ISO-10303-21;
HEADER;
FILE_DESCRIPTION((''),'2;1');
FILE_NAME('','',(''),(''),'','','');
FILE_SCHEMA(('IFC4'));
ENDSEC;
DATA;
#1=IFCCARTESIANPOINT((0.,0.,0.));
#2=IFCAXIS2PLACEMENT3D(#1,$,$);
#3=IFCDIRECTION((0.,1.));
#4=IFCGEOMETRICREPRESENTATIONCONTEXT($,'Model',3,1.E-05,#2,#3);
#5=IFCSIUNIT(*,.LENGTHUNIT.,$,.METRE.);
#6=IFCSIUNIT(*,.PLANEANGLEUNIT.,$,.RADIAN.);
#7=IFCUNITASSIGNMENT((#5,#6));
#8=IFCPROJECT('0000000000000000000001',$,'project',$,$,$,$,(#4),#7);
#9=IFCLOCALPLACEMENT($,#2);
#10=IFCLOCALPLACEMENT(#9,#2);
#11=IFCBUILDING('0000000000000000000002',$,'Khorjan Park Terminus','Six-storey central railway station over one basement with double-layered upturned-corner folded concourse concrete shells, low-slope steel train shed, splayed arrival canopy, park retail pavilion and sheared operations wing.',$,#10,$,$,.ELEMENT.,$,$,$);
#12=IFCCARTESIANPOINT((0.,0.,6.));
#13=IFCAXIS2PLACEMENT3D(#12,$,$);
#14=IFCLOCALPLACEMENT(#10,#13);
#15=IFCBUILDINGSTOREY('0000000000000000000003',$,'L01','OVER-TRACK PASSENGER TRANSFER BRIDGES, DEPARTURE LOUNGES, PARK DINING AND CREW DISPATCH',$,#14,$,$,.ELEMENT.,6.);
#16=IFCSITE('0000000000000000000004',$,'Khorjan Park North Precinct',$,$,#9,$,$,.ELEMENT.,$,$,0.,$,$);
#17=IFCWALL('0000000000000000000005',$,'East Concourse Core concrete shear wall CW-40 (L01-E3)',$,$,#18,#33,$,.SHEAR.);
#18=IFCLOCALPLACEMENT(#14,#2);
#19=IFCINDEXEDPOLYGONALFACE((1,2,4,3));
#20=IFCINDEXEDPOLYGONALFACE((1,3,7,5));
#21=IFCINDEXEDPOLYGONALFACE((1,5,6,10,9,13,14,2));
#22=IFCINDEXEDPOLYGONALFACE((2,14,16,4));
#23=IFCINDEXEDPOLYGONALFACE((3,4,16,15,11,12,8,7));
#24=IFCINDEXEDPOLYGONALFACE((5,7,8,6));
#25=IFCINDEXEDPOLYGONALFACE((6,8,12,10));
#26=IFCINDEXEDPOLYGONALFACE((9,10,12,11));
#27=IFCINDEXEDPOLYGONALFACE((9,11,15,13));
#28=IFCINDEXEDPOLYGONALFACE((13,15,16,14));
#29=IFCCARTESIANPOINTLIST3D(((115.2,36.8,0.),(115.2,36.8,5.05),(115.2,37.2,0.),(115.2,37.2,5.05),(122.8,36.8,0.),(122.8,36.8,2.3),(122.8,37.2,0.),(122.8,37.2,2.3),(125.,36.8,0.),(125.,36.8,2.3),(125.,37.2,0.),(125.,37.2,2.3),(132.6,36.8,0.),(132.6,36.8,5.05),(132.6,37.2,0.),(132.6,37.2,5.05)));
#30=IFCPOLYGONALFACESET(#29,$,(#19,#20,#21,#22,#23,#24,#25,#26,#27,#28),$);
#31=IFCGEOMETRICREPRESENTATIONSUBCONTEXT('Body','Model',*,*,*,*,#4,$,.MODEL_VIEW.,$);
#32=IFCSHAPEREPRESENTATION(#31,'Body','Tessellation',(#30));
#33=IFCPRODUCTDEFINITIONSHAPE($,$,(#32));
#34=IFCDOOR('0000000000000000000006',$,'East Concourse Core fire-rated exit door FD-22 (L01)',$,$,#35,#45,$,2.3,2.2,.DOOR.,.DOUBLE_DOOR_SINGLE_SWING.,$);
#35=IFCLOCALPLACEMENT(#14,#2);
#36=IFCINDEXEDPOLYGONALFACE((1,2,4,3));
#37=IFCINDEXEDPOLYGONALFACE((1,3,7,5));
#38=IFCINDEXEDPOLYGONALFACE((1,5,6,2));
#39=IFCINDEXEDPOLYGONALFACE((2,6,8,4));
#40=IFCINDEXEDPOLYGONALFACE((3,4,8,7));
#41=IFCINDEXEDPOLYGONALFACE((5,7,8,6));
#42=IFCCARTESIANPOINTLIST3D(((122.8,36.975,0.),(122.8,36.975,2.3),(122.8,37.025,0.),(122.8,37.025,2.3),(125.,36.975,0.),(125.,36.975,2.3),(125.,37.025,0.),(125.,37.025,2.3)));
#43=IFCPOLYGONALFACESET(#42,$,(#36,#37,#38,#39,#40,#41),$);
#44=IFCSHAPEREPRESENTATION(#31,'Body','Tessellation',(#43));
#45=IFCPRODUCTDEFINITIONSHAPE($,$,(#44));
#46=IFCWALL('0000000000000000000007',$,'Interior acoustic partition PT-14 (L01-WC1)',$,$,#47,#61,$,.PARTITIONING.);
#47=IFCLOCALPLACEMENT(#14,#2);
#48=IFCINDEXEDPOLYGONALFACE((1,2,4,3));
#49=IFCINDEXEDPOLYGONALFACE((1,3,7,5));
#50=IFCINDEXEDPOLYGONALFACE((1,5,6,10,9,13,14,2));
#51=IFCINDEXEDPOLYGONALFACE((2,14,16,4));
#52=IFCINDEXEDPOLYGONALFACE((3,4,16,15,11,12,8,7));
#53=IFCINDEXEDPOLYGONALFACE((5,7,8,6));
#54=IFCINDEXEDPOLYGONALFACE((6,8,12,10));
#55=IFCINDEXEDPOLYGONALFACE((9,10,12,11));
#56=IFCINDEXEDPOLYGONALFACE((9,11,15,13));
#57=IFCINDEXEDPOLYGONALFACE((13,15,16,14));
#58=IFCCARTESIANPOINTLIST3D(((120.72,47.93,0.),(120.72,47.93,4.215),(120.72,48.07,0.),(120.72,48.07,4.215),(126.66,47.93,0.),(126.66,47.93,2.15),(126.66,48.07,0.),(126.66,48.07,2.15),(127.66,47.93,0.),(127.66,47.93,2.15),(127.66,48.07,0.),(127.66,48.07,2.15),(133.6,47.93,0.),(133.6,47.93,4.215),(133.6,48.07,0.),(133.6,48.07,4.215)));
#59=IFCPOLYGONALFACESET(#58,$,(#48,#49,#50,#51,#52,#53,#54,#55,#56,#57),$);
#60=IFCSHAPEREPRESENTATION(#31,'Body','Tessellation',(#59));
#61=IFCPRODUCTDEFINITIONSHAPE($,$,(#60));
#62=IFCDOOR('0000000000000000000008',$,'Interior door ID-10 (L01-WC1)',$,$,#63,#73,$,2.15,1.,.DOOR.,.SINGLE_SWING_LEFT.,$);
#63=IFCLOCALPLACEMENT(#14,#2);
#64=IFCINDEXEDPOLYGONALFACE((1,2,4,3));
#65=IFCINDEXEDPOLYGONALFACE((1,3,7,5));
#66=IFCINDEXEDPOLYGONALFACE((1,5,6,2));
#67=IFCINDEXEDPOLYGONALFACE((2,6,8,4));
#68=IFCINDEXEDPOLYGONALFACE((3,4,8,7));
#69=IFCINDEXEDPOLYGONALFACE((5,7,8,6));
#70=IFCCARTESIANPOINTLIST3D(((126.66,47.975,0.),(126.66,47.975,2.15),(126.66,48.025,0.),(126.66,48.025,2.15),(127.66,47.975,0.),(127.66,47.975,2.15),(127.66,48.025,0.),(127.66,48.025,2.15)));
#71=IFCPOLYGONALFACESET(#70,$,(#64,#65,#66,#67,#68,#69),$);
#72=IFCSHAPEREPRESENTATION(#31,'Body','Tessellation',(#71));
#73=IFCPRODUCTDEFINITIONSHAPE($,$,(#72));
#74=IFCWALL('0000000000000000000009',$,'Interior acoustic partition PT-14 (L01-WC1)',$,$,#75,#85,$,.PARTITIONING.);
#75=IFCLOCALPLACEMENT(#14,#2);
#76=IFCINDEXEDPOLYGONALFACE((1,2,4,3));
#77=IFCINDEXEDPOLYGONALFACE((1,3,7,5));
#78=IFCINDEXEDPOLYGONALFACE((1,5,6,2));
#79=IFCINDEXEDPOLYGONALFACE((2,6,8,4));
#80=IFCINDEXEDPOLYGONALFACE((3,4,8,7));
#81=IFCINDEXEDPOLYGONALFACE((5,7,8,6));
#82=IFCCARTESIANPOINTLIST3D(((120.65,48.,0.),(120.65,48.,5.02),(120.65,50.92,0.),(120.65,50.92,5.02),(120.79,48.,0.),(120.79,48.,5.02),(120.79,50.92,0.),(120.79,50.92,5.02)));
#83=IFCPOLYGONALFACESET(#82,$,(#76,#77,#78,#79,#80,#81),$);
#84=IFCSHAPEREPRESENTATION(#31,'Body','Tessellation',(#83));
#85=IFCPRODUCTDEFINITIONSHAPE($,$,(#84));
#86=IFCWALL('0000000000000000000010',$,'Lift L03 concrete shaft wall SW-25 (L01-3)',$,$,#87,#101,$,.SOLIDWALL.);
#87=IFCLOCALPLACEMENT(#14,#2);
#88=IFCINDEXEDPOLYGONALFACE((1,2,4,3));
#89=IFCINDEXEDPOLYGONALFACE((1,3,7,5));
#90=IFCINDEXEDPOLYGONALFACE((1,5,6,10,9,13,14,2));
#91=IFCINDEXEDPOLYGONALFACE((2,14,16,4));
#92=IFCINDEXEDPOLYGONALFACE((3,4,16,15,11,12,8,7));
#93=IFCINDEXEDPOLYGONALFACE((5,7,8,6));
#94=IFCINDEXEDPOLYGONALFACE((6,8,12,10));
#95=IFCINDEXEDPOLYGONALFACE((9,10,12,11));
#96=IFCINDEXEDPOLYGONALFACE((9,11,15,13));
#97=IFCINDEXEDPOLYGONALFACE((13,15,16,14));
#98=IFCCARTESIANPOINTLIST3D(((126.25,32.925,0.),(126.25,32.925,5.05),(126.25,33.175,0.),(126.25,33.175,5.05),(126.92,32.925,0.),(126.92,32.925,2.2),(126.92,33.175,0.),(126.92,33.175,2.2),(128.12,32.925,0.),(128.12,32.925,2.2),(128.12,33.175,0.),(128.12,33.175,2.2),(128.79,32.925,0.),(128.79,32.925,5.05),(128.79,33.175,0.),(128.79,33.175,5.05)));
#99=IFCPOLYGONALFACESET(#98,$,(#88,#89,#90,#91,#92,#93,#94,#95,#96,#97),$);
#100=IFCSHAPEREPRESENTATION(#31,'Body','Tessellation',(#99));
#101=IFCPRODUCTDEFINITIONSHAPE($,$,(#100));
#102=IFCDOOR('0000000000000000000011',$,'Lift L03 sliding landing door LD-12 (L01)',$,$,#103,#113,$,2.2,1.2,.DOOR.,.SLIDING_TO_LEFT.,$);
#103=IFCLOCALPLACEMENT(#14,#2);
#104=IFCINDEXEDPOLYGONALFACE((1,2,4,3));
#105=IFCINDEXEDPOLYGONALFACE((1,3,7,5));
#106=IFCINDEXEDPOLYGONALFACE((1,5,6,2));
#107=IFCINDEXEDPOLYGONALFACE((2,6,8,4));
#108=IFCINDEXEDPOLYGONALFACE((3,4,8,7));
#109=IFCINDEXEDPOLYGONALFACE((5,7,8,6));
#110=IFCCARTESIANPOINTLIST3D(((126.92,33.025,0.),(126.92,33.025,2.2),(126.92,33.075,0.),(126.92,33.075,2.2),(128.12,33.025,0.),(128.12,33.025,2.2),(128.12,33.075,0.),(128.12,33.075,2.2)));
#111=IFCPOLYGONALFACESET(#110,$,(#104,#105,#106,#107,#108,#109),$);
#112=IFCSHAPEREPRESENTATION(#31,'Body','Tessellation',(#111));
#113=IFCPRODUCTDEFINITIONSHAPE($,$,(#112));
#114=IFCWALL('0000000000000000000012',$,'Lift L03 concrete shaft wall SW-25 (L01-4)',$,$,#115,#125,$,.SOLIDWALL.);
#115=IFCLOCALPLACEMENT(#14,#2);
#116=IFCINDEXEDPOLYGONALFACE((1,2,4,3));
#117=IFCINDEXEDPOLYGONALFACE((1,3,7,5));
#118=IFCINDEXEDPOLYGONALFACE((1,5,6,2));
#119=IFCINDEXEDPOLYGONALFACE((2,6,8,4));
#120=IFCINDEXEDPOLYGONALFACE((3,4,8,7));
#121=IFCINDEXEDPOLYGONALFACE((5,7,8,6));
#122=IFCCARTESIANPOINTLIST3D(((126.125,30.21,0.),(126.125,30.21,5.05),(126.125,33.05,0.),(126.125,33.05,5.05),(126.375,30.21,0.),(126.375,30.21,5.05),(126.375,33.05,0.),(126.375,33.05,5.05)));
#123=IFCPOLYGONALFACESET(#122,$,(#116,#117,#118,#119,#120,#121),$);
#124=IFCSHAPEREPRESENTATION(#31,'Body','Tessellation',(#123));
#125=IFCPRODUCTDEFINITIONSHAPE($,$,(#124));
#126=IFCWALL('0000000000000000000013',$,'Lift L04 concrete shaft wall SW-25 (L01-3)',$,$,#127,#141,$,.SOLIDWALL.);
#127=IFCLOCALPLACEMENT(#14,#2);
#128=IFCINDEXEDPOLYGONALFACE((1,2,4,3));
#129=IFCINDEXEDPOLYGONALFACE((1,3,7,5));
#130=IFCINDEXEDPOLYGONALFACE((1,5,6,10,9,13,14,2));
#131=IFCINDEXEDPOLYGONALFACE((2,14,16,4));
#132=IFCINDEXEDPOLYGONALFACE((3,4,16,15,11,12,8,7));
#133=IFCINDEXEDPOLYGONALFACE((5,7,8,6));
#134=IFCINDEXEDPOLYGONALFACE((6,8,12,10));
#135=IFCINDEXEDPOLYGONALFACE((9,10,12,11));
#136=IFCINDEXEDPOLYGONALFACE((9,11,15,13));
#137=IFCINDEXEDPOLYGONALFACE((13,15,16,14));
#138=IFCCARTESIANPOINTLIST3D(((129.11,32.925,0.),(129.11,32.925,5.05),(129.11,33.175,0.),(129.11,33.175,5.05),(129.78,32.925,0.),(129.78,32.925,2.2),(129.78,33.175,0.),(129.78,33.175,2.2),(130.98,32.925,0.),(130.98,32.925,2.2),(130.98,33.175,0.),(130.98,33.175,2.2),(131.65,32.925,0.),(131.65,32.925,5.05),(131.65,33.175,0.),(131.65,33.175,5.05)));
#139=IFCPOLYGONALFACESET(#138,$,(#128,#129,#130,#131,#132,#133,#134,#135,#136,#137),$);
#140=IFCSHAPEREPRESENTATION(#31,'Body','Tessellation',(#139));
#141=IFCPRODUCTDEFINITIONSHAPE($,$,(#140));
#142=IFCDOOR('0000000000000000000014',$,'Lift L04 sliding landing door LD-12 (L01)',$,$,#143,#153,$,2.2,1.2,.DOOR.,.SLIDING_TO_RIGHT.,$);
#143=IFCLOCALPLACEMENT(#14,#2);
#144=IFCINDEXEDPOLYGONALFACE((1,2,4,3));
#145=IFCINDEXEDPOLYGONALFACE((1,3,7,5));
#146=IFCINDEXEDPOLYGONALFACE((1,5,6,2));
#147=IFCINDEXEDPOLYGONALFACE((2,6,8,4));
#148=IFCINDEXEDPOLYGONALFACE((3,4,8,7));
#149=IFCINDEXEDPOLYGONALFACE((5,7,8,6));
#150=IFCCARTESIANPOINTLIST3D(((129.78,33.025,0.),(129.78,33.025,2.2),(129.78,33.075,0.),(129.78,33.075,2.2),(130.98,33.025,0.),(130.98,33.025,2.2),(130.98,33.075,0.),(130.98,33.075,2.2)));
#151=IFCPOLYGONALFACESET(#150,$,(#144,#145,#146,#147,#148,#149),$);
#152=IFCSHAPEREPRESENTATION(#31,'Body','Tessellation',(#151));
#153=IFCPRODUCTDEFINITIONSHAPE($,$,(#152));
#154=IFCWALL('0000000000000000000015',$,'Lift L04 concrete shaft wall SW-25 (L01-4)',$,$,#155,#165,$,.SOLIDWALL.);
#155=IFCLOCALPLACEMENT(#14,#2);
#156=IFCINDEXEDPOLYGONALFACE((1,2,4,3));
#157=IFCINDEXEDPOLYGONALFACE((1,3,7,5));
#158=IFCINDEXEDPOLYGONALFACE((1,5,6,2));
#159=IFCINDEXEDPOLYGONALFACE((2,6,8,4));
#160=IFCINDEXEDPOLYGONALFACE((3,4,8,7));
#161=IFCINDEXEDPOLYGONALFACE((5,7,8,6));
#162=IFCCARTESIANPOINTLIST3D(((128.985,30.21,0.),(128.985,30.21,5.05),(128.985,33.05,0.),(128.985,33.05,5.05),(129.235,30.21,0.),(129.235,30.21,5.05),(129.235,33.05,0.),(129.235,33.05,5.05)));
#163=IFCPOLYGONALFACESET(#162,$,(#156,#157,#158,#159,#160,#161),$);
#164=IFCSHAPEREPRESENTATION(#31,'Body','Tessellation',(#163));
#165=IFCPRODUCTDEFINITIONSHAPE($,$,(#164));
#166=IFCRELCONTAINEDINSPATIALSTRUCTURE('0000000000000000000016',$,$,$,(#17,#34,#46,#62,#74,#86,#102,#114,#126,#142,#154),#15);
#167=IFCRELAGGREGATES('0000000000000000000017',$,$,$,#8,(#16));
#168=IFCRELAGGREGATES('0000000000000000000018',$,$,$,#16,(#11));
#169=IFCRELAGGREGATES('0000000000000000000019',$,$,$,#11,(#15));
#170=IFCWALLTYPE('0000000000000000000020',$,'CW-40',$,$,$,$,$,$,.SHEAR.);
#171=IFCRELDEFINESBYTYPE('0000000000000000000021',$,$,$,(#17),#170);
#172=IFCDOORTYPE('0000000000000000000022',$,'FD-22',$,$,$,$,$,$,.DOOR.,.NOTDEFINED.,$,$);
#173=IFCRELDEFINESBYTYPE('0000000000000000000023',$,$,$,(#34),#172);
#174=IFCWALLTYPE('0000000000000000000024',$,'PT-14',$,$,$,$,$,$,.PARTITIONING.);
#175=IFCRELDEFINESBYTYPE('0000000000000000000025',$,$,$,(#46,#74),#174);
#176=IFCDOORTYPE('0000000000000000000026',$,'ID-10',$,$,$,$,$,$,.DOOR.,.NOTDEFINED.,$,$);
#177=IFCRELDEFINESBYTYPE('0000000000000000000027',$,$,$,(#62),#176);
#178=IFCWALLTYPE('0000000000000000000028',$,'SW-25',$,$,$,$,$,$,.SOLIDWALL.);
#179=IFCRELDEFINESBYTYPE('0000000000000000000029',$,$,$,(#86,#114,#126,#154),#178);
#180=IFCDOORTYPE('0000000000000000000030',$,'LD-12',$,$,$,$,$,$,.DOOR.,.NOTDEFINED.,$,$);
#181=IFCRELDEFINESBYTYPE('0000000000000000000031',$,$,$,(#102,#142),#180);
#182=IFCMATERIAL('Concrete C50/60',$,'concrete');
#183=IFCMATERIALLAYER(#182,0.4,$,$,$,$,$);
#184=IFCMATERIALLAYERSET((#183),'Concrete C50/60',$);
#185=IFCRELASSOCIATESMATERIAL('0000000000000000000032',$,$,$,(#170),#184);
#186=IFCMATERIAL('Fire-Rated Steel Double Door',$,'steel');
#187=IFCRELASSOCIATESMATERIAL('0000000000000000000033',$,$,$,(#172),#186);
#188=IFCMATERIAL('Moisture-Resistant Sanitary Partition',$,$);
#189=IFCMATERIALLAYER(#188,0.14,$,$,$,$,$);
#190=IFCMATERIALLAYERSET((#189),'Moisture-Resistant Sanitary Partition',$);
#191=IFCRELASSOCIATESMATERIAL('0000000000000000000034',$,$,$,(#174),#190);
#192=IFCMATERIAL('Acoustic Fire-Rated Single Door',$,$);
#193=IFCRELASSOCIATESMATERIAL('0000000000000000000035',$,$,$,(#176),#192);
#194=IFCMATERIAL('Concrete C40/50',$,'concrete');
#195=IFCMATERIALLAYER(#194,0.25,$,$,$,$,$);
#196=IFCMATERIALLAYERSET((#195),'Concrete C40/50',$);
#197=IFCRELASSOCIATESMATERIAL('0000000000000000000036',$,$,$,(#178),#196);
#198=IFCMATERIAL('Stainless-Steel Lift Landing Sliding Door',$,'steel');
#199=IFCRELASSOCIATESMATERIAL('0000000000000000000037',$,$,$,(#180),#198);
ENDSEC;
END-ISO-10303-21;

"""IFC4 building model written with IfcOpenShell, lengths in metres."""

from ifc_helpers import new_model, si_unit, direction, frame, frame_2d, origin, place, context, subcontext, project, spatial, rectangle, extrude, material, layer, layer_set, type_object, element, fill, save


model = new_model("IFC4")

# Units and contexts
model_context = context("Model", 3, precision=1e-05, world=origin(), true_north=direction((0.0, 1.0)))
body_context = subcontext(model_context, "Body", "Model", "MODEL_VIEW")
ifc_project = project(units=[si_unit("LENGTHUNIT", "METRE"), si_unit("PLANEANGLEUNIT", "RADIAN")], contexts=[model_context])

# Site, building, storey
site_placement = place(None, origin())
site = spatial("IfcSite", under=ifc_project, at=site_placement, Name="Khorjan Park North Precinct", CompositionType="ELEMENT", RefElevation=0.0)
building_placement = place(site_placement, origin())
building = spatial("IfcBuilding", under=site, at=building_placement, Name="Khorjan Park Terminus", Description="Six-storey central railway station over one basement with double-layered upturned-corner folded concourse concrete shells, low-slope steel train shed, splayed arrival canopy, park retail pavilion and sheared operations wing.", CompositionType="ELEMENT")
storey_placement = place(building_placement, frame((0.0, 0.0, 6.0)))
storey = spatial("IfcBuildingStorey", under=building, at=storey_placement, Name="L01", Description="OVER-TRACK PASSENGER TRANSFER BRIDGES, DEPARTURE LOUNGES, PARK DINING AND CREW DISPATCH", CompositionType="ELEMENT", Elevation=6.0)

# Shared definitions
ifc_material_1 = material(Name="Concrete C50/60", Category="concrete")

# Shared definitions
ifc_material_2 = material(Name="Concrete C40/50", Category="concrete")

# Walls, openings, doors
ifc_layer_1 = layer(ifc_material_1, 0.4)
ifc_layer_set_1 = layer_set([ifc_layer_1], Name="Concrete C50/60")
wall_type_1 = type_object("IfcWallType", Name="CW-40", PredefinedType="SHEAR", material=ifc_layer_set_1)
wall_1_placement = place(storey_placement, frame((132.6, 37.0, 0.0), z_axis=(0.0, 0.0, 1.0), x_axis=(-1.0, 0.0, 0.0)))
wall_1 = element("IfcWall", 1, at=wall_1_placement, inside=storey, type_object=wall_type_1, Name="East Concourse Core concrete shear wall CW-40 (L01-E3)", PredefinedType="SHEAR", context=body_context, shape_type="SweptSolid", body=[
    extrude(rectangle(XDim=17.4, YDim=0.4, at=frame_2d((8.7, 0.0))), origin(), (0.0, 0.0, 1.0), 5.05),
])
opening_1_placement = place(wall_1_placement, frame((7.6, 0.0, 0.0)))
opening_1 = element("IfcOpeningElement", 2, at=opening_1_placement, cuts=wall_1, PredefinedType="OPENING", context=body_context, shape_type="SweptSolid", body=[
    extrude(rectangle(XDim=2.2, YDim=2.3, at=frame_2d((1.1, 1.15))), frame((0.0, 0.21, 0.0), z_axis=(0.0, -1.0, 0.0), x_axis=(1.0, 0.0, 0.0)), (0.0, 0.0, 1.0), 0.42),
])
ifc_material_3 = material(Name="Fire-Rated Steel Double Door", Category="steel")
door_type_1 = type_object("IfcDoorType", Name="FD-22", OperationType="NOTDEFINED", PredefinedType="DOOR", material=ifc_material_3)
door_1_placement = place(opening_1_placement, origin())
door_1 = element("IfcDoor", 3, at=door_1_placement, inside=storey, type_object=door_type_1, Name="East Concourse Core fire-rated exit door FD-22 (L01)", OperationType="DOUBLE_DOOR_SINGLE_SWING", OverallHeight=2.3, OverallWidth=2.2, PredefinedType="DOOR", context=body_context, shape_type="SweptSolid", body=[
    extrude(rectangle(XDim=2.2, YDim=2.3, at=frame_2d((1.1, 1.15))), frame((0.0, 0.025, 0.0), z_axis=(0.0, -1.0, 0.0), x_axis=(1.0, 0.0, 0.0)), (0.0, 0.0, 1.0), 0.05),
])
fill(opening_1, door_1)
ifc_material_4 = material(Name="Moisture-Resistant Sanitary Partition")
ifc_layer_2 = layer(ifc_material_4, 0.14)
ifc_layer_set_2 = layer_set([ifc_layer_2], Name="Moisture-Resistant Sanitary Partition")
wall_type_2 = type_object("IfcWallType", Name="PT-14", PredefinedType="PARTITIONING", material=ifc_layer_set_2)
wall_2_placement = place(storey_placement, frame((133.6, 48.0, 0.0), z_axis=(0.0, 0.0, 1.0), x_axis=(-1.0, 0.0, 0.0)))
wall_2 = element("IfcWall", 4, at=wall_2_placement, inside=storey, type_object=wall_type_2, Name="Interior acoustic partition PT-14 (L01-WC1)", PredefinedType="PARTITIONING", context=body_context, shape_type="SweptSolid", body=[
    extrude(rectangle(XDim=12.88, YDim=0.14, at=frame_2d((6.44, 0.0))), origin(), (0.0, 0.0, 1.0), 4.215),
])
opening_2_placement = place(wall_2_placement, frame((5.94, 0.0, 0.0)))
opening_2 = element("IfcOpeningElement", 5, at=opening_2_placement, cuts=wall_2, PredefinedType="OPENING", context=body_context, shape_type="SweptSolid", body=[
    extrude(rectangle(XDim=1.0, YDim=2.15, at=frame_2d((0.5, 1.075))), frame((0.0, 0.08, 0.0), z_axis=(0.0, -1.0, 0.0), x_axis=(1.0, 0.0, 0.0)), (0.0, 0.0, 1.0), 0.16),
])
ifc_material_5 = material(Name="Acoustic Fire-Rated Single Door")
door_type_2 = type_object("IfcDoorType", Name="ID-10", OperationType="NOTDEFINED", PredefinedType="DOOR", material=ifc_material_5)
door_2_placement = place(opening_2_placement, origin())
door_2 = element("IfcDoor", 6, at=door_2_placement, inside=storey, type_object=door_type_2, Name="Interior door ID-10 (L01-WC1)", OperationType="SINGLE_SWING_LEFT", OverallHeight=2.15, OverallWidth=1.0, PredefinedType="DOOR", context=body_context, shape_type="SweptSolid", body=[
    extrude(rectangle(XDim=1.0, YDim=2.15, at=frame_2d((0.5, 1.075))), frame((0.0, 0.025, 0.0), z_axis=(0.0, -1.0, 0.0), x_axis=(1.0, 0.0, 0.0)), (0.0, 0.0, 1.0), 0.05),
])
fill(opening_2, door_2)

# Wall
wall_3_placement = place(storey_placement, frame((120.72, 48.0, 0.0), z_axis=(0.0, 0.0, 1.0), x_axis=(0.0, 1.0, 0.0)))
element("IfcWall", 7, at=wall_3_placement, inside=storey, type_object=wall_type_2, Name="Interior acoustic partition PT-14 (L01-WC1)", PredefinedType="PARTITIONING", context=body_context, shape_type="SweptSolid", body=[
    extrude(rectangle(XDim=2.92, YDim=0.14, at=frame_2d((1.46, 0.0))), origin(), (0.0, 0.0, 1.0), 5.02),
])

# Wall, opening, door
ifc_layer_3 = layer(ifc_material_2, 0.25)
ifc_layer_set_3 = layer_set([ifc_layer_3], Name="Concrete C40/50")
wall_type_3 = type_object("IfcWallType", Name="SW-25", PredefinedType="SOLIDWALL", material=ifc_layer_set_3)
wall_4_placement = place(storey_placement, frame((128.79, 33.05, 0.0), z_axis=(0.0, 0.0, 1.0), x_axis=(-1.0, 0.0, 0.0)))
wall_4 = element("IfcWall", 8, at=wall_4_placement, inside=storey, type_object=wall_type_3, Name="Lift L03 concrete shaft wall SW-25 (L01-3)", PredefinedType="SOLIDWALL", context=body_context, shape_type="SweptSolid", body=[
    extrude(rectangle(XDim=2.54, YDim=0.25, at=frame_2d((1.27, 0.0))), origin(), (0.0, 0.0, 1.0), 5.05),
])
opening_3_placement = place(wall_4_placement, frame((0.67, 0.0, 0.0)))
opening_3 = element("IfcOpeningElement", 9, at=opening_3_placement, cuts=wall_4, PredefinedType="OPENING", context=body_context, shape_type="SweptSolid", body=[
    extrude(rectangle(XDim=1.2, YDim=2.2, at=frame_2d((0.6, 1.1))), frame((0.0, 0.135, 0.0), z_axis=(0.0, -1.0, 0.0), x_axis=(1.0, 0.0, 0.0)), (0.0, 0.0, 1.0), 0.27),
])
ifc_material_6 = material(Name="Stainless-Steel Lift Landing Sliding Door", Category="steel")
door_type_3 = type_object("IfcDoorType", Name="LD-12", OperationType="NOTDEFINED", PredefinedType="DOOR", material=ifc_material_6)
door_3_placement = place(opening_3_placement, origin())
door_3 = element("IfcDoor", 10, at=door_3_placement, inside=storey, type_object=door_type_3, Name="Lift L03 sliding landing door LD-12 (L01)", OperationType="SLIDING_TO_LEFT", OverallHeight=2.2, OverallWidth=1.2, PredefinedType="DOOR", context=body_context, shape_type="SweptSolid", body=[
    extrude(rectangle(XDim=1.2, YDim=2.2, at=frame_2d((0.6, 1.1))), frame((0.0, 0.025, 0.0), z_axis=(0.0, -1.0, 0.0), x_axis=(1.0, 0.0, 0.0)), (0.0, 0.0, 1.0), 0.05),
])
fill(opening_3, door_3)

# Wall
wall_5_placement = place(storey_placement, frame((126.25, 33.05, 0.0), z_axis=(0.0, 0.0, 1.0), x_axis=(0.0, -1.0, 0.0)))
element("IfcWall", 11, at=wall_5_placement, inside=storey, type_object=wall_type_3, Name="Lift L03 concrete shaft wall SW-25 (L01-4)", PredefinedType="SOLIDWALL", context=body_context, shape_type="SweptSolid", body=[
    extrude(rectangle(XDim=2.84, YDim=0.25, at=frame_2d((1.42, 0.0))), origin(), (0.0, 0.0, 1.0), 5.05),
])

# Wall, opening, door
wall_6_placement = place(storey_placement, frame((131.65, 33.05, 0.0), z_axis=(0.0, 0.0, 1.0), x_axis=(-1.0, 0.0, 0.0)))
wall_6 = element("IfcWall", 12, at=wall_6_placement, inside=storey, type_object=wall_type_3, Name="Lift L04 concrete shaft wall SW-25 (L01-3)", PredefinedType="SOLIDWALL", context=body_context, shape_type="SweptSolid", body=[
    extrude(rectangle(XDim=2.54, YDim=0.25, at=frame_2d((1.27, 0.0))), origin(), (0.0, 0.0, 1.0), 5.05),
])
opening_4_placement = place(wall_6_placement, frame((0.67, 0.0, 0.0)))
opening_4 = element("IfcOpeningElement", 13, at=opening_4_placement, cuts=wall_6, PredefinedType="OPENING", context=body_context, shape_type="SweptSolid", body=[
    extrude(rectangle(XDim=1.2, YDim=2.2, at=frame_2d((0.6, 1.1))), frame((0.0, 0.135, 0.0), z_axis=(0.0, -1.0, 0.0), x_axis=(1.0, 0.0, 0.0)), (0.0, 0.0, 1.0), 0.27),
])
door_4_placement = place(opening_4_placement, origin())
door_4 = element("IfcDoor", 14, at=door_4_placement, inside=storey, type_object=door_type_3, Name="Lift L04 sliding landing door LD-12 (L01)", OperationType="SLIDING_TO_RIGHT", OverallHeight=2.2, OverallWidth=1.2, PredefinedType="DOOR", context=body_context, shape_type="SweptSolid", body=[
    extrude(rectangle(XDim=1.2, YDim=2.2, at=frame_2d((0.6, 1.1))), frame((0.0, 0.025, 0.0), z_axis=(0.0, -1.0, 0.0), x_axis=(1.0, 0.0, 0.0)), (0.0, 0.0, 1.0), 0.05),
])
fill(opening_4, door_4)

# Wall
wall_7_placement = place(storey_placement, frame((129.11, 33.05, 0.0), z_axis=(0.0, 0.0, 1.0), x_axis=(0.0, -1.0, 0.0)))
element("IfcWall", 15, at=wall_7_placement, inside=storey, type_object=wall_type_3, Name="Lift L04 concrete shaft wall SW-25 (L01-4)", PredefinedType="SOLIDWALL", context=body_context, shape_type="SweptSolid", body=[
    extrude(rectangle(XDim=2.84, YDim=0.25, at=frame_2d((1.42, 0.0))), origin(), (0.0, 0.0, 1.0), 5.05),
])

save(model, "model.ifc")
